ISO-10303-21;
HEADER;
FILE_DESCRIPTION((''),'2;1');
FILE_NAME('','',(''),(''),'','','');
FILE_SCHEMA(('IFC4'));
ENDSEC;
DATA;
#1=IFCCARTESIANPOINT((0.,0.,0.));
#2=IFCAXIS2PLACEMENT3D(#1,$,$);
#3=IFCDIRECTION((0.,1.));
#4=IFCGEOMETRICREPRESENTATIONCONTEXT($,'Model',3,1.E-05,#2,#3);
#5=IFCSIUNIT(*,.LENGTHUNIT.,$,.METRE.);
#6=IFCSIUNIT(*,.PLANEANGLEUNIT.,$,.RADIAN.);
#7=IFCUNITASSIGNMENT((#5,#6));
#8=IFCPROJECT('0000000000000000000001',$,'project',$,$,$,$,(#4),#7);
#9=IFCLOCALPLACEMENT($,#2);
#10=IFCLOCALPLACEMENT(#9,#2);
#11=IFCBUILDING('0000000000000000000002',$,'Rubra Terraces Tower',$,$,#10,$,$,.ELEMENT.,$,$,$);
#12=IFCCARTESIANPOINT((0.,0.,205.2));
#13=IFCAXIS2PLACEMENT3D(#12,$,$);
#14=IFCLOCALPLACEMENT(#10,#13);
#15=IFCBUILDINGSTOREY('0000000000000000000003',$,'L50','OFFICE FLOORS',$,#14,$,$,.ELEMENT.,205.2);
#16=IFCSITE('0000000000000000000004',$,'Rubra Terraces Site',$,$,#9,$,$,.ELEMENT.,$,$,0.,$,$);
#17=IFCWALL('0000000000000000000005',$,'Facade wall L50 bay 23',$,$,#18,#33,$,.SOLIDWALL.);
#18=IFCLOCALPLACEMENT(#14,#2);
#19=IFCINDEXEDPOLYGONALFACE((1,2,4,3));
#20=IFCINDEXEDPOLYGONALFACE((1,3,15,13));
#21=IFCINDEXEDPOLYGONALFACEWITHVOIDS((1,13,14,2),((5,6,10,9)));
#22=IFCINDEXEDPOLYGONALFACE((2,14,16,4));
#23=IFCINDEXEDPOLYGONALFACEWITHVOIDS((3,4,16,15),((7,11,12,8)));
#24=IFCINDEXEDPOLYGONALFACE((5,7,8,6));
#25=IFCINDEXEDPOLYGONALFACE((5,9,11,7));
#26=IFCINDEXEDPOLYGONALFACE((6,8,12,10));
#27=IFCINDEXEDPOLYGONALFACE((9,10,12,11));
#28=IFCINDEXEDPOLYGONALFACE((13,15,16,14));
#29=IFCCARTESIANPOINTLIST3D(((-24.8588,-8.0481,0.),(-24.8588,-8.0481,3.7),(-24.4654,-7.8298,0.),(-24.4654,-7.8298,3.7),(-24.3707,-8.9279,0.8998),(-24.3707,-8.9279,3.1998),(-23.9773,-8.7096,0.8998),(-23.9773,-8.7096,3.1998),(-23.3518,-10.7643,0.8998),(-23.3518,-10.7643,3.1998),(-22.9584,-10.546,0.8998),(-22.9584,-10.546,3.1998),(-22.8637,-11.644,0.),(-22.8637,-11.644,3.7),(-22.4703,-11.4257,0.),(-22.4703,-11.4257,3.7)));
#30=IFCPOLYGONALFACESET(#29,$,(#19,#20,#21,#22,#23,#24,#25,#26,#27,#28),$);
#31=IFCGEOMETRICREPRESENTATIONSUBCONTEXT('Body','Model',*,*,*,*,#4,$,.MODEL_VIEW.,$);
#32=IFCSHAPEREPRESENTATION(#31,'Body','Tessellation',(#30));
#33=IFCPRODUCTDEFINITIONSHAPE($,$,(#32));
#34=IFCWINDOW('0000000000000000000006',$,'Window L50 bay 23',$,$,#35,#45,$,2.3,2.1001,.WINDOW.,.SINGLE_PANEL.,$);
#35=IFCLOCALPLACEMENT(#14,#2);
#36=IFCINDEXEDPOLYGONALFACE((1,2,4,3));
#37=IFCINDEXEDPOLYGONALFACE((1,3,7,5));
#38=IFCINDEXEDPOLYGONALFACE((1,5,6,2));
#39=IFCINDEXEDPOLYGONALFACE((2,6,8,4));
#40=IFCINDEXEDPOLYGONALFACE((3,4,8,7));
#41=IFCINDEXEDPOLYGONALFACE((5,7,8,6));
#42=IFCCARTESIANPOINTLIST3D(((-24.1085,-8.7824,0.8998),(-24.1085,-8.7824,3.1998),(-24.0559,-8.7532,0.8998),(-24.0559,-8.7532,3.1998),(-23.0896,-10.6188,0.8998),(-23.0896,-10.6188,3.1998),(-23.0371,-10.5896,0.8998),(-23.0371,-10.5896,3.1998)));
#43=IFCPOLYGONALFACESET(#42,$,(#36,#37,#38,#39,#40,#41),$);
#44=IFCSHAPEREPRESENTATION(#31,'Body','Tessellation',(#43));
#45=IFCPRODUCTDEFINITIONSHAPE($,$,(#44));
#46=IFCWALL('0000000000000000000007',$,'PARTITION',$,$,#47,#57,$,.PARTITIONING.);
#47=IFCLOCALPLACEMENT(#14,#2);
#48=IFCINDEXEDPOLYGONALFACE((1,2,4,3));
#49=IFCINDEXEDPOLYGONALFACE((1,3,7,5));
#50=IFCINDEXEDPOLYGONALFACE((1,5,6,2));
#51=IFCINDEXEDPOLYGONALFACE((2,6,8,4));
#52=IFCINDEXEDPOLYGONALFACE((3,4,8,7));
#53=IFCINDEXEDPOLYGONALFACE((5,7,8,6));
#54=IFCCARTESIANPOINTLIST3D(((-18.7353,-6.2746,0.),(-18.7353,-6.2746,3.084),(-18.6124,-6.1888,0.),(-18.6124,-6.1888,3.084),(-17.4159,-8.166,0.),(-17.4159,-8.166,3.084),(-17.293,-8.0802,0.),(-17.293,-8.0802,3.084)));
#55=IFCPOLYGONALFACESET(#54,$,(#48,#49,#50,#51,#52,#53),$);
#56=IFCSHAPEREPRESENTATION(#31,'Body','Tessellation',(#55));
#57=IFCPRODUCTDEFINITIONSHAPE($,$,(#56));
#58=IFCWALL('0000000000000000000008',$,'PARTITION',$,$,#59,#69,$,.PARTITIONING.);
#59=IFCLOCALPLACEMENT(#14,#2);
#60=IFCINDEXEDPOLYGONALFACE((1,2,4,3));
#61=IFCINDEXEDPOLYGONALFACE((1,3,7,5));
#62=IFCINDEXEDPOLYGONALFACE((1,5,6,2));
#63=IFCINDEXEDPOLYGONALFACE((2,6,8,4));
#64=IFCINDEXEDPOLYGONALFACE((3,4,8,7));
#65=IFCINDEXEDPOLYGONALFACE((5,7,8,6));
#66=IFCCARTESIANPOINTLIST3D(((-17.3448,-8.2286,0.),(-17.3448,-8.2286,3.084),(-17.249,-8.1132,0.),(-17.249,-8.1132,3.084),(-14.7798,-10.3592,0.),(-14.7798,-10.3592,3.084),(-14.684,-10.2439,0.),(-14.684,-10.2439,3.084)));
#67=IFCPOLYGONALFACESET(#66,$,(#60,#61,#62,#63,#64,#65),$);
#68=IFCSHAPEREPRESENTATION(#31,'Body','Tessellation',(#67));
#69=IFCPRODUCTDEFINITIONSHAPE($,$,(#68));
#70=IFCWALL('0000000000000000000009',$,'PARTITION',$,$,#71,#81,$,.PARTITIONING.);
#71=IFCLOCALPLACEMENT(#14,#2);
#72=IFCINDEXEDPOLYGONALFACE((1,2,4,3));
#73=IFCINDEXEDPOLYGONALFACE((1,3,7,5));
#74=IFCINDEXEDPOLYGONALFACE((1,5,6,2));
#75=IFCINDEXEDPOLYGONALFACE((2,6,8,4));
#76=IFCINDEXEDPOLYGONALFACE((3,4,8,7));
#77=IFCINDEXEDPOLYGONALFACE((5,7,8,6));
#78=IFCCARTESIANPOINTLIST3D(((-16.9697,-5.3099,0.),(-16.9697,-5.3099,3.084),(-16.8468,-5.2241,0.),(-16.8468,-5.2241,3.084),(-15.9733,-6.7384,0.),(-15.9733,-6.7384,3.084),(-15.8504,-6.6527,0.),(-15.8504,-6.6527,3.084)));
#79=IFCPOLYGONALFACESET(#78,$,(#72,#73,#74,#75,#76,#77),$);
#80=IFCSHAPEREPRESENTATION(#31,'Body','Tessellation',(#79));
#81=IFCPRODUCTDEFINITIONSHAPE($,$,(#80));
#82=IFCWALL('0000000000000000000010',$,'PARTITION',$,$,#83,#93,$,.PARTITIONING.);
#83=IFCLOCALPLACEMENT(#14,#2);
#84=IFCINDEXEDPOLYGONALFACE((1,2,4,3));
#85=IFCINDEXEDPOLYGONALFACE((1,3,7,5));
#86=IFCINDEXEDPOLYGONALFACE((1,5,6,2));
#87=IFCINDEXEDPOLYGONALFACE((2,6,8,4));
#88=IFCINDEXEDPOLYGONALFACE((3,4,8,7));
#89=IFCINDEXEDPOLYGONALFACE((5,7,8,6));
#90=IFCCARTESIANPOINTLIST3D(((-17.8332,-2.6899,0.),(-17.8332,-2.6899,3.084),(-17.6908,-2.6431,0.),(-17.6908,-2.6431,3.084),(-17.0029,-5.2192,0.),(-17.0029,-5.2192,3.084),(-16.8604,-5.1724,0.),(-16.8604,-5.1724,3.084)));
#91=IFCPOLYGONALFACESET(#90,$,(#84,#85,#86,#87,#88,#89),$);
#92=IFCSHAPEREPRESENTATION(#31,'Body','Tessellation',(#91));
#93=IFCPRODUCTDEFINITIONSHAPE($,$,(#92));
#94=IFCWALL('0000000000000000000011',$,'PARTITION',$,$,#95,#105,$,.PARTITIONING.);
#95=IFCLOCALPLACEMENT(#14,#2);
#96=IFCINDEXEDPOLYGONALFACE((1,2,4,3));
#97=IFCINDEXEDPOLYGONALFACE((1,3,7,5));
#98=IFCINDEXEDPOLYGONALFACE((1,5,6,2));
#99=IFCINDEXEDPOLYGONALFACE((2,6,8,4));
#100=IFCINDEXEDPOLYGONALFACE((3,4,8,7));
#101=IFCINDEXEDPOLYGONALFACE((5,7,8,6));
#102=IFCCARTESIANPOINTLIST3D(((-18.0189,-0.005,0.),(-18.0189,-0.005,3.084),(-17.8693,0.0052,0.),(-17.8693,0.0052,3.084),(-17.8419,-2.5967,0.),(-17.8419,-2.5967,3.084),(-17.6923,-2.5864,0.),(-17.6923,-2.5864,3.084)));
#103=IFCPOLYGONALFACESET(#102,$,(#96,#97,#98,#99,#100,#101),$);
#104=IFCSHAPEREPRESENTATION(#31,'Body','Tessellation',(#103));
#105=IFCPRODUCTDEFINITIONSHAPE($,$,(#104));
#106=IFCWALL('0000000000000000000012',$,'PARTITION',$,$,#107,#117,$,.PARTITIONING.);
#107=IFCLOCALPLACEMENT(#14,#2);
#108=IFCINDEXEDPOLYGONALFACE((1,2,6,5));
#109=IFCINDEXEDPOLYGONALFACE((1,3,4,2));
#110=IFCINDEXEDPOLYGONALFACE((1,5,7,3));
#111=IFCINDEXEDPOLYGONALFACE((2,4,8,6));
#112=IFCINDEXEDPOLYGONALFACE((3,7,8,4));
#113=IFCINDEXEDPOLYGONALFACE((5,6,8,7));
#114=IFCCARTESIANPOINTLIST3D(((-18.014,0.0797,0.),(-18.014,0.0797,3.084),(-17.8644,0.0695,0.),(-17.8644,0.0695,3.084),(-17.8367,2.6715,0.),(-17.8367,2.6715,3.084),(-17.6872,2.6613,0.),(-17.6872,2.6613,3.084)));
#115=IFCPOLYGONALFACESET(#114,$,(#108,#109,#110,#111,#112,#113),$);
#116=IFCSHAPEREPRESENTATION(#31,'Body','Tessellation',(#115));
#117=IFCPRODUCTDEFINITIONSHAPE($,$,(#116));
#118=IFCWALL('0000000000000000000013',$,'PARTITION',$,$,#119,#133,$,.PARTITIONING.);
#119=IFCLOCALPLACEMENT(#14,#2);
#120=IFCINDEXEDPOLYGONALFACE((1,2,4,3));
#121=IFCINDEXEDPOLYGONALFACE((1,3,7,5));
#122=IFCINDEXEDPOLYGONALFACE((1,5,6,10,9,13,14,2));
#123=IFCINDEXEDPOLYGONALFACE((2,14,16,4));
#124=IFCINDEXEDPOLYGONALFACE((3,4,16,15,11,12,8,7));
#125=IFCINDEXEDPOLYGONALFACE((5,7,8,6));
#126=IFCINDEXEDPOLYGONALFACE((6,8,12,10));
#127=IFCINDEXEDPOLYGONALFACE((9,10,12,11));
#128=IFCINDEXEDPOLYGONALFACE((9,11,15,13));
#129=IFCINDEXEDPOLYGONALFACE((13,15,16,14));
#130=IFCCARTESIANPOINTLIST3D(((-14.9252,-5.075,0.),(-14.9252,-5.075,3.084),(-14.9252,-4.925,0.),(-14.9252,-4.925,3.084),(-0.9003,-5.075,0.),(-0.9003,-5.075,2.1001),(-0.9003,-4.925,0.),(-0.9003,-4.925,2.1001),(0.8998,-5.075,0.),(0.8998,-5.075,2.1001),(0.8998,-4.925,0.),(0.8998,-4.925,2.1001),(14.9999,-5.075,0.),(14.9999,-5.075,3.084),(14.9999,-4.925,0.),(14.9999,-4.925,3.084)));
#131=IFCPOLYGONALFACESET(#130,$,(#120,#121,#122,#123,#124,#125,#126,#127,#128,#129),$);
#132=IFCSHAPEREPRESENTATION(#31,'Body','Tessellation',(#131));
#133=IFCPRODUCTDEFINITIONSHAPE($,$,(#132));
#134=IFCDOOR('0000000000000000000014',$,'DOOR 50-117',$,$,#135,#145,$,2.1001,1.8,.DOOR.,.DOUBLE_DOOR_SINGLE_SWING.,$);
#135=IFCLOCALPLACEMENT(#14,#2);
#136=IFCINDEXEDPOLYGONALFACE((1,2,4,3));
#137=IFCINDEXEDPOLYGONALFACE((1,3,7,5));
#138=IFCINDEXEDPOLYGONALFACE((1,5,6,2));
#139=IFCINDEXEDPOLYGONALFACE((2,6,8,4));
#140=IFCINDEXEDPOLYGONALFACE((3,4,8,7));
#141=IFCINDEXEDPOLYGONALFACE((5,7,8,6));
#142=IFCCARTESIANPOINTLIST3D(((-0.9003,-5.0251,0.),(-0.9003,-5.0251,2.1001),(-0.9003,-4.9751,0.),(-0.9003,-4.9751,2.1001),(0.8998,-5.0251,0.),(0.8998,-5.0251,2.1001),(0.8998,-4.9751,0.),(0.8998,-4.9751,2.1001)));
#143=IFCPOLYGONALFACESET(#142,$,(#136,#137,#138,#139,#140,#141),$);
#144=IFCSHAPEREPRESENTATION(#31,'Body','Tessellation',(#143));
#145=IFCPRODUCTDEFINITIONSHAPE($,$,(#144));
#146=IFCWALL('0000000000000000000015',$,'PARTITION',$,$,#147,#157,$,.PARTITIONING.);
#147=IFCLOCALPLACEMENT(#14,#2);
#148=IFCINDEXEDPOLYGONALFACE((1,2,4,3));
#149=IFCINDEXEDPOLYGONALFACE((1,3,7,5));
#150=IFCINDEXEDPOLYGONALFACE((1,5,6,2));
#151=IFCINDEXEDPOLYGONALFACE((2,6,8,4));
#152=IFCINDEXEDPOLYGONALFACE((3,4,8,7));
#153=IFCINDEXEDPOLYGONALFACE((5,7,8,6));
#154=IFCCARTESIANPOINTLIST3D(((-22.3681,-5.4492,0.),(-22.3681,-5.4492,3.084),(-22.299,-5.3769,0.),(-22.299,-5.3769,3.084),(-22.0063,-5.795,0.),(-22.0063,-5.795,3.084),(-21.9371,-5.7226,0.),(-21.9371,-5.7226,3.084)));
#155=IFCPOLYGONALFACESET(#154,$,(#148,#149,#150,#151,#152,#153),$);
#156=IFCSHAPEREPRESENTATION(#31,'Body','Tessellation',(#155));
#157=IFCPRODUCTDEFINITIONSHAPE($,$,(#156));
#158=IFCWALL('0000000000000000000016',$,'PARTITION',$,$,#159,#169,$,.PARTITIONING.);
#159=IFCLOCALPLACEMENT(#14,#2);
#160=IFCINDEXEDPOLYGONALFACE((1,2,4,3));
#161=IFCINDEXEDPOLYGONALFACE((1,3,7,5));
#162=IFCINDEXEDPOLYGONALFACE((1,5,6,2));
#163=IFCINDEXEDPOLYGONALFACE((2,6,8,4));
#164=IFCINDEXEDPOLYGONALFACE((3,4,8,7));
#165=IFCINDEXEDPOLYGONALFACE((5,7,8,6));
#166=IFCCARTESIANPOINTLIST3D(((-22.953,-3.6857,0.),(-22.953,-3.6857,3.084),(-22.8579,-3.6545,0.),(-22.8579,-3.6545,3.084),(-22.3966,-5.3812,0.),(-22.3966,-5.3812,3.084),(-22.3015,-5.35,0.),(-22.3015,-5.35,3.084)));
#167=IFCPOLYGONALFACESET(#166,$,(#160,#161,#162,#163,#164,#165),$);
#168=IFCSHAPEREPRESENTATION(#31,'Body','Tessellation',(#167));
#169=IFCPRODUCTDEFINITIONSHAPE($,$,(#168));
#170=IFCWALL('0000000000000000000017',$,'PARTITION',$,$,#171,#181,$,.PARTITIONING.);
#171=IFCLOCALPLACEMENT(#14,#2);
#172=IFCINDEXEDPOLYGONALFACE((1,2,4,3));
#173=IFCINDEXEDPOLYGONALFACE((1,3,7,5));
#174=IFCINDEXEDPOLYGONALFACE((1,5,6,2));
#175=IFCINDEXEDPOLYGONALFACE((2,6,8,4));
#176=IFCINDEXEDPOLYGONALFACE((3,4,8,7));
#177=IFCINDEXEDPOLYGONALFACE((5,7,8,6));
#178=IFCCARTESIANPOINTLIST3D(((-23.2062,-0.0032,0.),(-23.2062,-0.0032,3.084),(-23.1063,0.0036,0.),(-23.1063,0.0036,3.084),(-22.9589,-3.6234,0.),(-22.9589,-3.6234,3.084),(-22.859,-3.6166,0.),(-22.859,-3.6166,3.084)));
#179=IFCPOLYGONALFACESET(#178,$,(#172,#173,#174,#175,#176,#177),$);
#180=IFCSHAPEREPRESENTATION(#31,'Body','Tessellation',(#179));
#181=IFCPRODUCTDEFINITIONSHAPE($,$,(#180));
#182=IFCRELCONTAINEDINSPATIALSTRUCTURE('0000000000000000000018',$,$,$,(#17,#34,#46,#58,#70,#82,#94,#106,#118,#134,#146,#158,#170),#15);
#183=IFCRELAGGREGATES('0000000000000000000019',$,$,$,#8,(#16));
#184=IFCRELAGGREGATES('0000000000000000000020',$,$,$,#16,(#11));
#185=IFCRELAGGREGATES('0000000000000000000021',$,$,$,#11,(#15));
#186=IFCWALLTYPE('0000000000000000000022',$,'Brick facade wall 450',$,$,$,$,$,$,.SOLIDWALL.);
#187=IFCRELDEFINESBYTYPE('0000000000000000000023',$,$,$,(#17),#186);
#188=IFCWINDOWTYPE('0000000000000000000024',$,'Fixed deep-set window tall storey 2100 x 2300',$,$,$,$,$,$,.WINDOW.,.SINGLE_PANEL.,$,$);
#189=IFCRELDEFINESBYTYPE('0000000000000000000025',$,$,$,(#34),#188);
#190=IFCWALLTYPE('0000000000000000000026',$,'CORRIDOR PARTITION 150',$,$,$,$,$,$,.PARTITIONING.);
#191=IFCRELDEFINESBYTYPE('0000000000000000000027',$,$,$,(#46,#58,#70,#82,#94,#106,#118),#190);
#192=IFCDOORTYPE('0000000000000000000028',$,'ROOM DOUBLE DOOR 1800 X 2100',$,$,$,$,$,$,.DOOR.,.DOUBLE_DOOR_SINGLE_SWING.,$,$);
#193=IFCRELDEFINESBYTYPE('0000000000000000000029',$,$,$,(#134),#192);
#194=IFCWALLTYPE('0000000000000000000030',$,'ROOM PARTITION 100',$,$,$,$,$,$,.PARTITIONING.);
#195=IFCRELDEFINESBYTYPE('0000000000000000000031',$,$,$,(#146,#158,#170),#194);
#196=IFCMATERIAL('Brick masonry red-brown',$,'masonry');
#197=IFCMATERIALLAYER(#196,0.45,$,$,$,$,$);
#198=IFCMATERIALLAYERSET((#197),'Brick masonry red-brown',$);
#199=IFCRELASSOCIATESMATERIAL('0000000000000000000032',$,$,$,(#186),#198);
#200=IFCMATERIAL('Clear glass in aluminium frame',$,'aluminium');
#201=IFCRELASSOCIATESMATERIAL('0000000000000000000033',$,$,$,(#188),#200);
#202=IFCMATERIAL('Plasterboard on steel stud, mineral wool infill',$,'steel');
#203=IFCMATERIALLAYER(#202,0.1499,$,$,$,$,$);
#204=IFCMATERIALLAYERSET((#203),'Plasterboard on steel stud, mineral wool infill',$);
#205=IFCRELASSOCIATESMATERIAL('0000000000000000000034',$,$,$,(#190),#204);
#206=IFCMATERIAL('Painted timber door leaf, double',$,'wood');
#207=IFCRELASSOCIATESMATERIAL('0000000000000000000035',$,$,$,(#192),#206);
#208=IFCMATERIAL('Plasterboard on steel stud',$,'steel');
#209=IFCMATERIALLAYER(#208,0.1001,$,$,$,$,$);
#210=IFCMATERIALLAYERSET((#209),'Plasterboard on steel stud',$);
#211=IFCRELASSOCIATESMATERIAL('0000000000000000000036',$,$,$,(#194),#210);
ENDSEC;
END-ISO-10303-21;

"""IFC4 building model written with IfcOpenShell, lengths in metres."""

from ifc_helpers import new_model, si_unit, direction, frame, frame_2d, origin, place, context, subcontext, project, spatial, rectangle, extrude, material, layer, layer_set, type_object, element, fill, save


model = new_model("IFC4")

# Units and contexts
model_context = context("Model", 3, precision=1e-05, world=origin(), true_north=direction((0.0, 1.0)))
body_context = subcontext(model_context, "Body", "Model", "MODEL_VIEW")
ifc_project = project(units=[si_unit("LENGTHUNIT", "METRE"), si_unit("PLANEANGLEUNIT", "RADIAN")], contexts=[model_context])

# Site, building, storey
site_placement = place(None, origin())
site = spatial("IfcSite", under=ifc_project, at=site_placement, Name="Rubra Terraces Site", CompositionType="ELEMENT", RefElevation=0.0)
building_placement = place(site_placement, origin())
building = spatial("IfcBuilding", under=site, at=building_placement, Name="Rubra Terraces Tower", CompositionType="ELEMENT")
storey_placement = place(building_placement, frame((0.0, 0.0, 205.2)))
storey = spatial("IfcBuildingStorey", under=building, at=storey_placement, Name="L50", Description="OFFICE FLOORS", CompositionType="ELEMENT", Elevation=205.2)

# Wall, opening, window
ifc_material_1 = material(Name="Brick masonry red-brown", Category="masonry")
ifc_layer_1 = layer(ifc_material_1, 0.45)
ifc_layer_set_1 = layer_set([ifc_layer_1], Name="Brick masonry red-brown")
wall_type_1 = type_object("IfcWallType", Name="Brick facade wall 450", PredefinedType="SOLIDWALL", material=ifc_layer_set_1)
ifc_material_2 = material(Name="Clear glass in aluminium frame", Category="aluminium")
window_type_1 = type_object("IfcWindowType", Name="Fixed deep-set window tall storey 2100 x 2300", PartitioningType="SINGLE_PANEL", PredefinedType="WINDOW", material=ifc_material_2)
wall_1_placement = place(storey_placement, frame((-24.6621, -7.939, 0.0), z_axis=(0.0, 0.0, 1.0), x_axis=(0.485154, -0.874429, 0.0)))
wall_1 = element("IfcWall", 1, at=wall_1_placement, inside=storey, type_object=wall_type_1, Name="Facade wall L50 bay 23", PredefinedType="SOLIDWALL", context=body_context, shape_type="SweptSolid", body=[
    extrude(rectangle(XDim=4.1123, YDim=0.45, at=frame_2d((2.0562, 0.0))), origin(), (0.0, 0.0, 1.0), 3.7),
])
opening_1_placement = place(wall_1_placement, frame((1.0061, 0.0, 0.8999)))
opening_1 = element("IfcOpeningElement", 2, at=opening_1_placement, cuts=wall_1, PredefinedType="OPENING", context=body_context, shape_type="SweptSolid", body=[
    extrude(rectangle(XDim=2.1001, YDim=2.3, at=frame_2d((1.05, 1.1499))), frame((0.0, 0.2349, 0.0), z_axis=(0.0, -1.0, 0.0), x_axis=(1.0, 0.0, 0.0)), (0.0, 0.0, 1.0), 0.47),
])
window_1_placement = place(opening_1_placement, origin())
window_1 = element("IfcWindow", 3, at=window_1_placement, inside=storey, type_object=window_type_1, Name="Window L50 bay 23", OverallHeight=2.3, OverallWidth=2.1001, PartitioningType="SINGLE_PANEL", PredefinedType="WINDOW", context=body_context, shape_type="SweptSolid", body=[
    extrude(rectangle(XDim=2.1001, YDim=2.3, at=frame_2d((1.05, 1.1499))), frame((0.0, 0.135, 0.0), z_axis=(0.0, -1.0, 0.0), x_axis=(1.0, 0.0, 0.0)), (0.0, 0.0, 1.0), 0.0601),
])
fill(opening_1, window_1)

# Shared definitions
ifc_material_3 = material(Name="Plasterboard on steel stud, mineral wool infill", Category="steel")
ifc_layer_2 = layer(ifc_material_3, 0.1499)
ifc_layer_set_2 = layer_set([ifc_layer_2], Name="Plasterboard on steel stud, mineral wool infill")
wall_type_2 = type_object("IfcWallType", Name="CORRIDOR PARTITION 150", PredefinedType="PARTITIONING", material=ifc_layer_set_2)

# Walls
wall_2_placement = place(storey_placement, frame((-18.6738, -6.2317, 0.0), z_axis=(0.0, 0.0, 1.0), x_axis=(0.572119, -0.820171, 0.0)))
element("IfcWall", 4, at=wall_2_placement, inside=storey, type_object=wall_type_2, Name="PARTITION", PredefinedType="PARTITIONING", context=body_context, shape_type="SweptSolid", body=[
    extrude(rectangle(XDim=2.3062, YDim=0.1499, at=frame_2d((1.1531, 0.0))), origin(), (0.0, 0.0, 1.0), 3.084),
])
wall_3_placement = place(storey_placement, frame((-17.2969, -8.1709, 0.0), z_axis=(0.0, 0.0, 1.0), x_axis=(0.769229, -0.638974, 0.0)))
element("IfcWall", 5, at=wall_3_placement, inside=storey, type_object=wall_type_2, Name="PARTITION", PredefinedType="PARTITIONING", context=body_context, shape_type="SweptSolid", body=[
    extrude(rectangle(XDim=3.3345, YDim=0.1499, at=frame_2d((1.6672, 0.0))), origin(), (0.0, 0.0, 1.0), 3.084),
])
wall_4_placement = place(storey_placement, frame((-15.9119, -6.6956, 0.0), z_axis=(0.0, 0.0, 1.0), x_axis=(-0.572079, 0.820199, 0.0)))
element("IfcWall", 6, at=wall_4_placement, inside=storey, type_object=wall_type_2, Name="PARTITION", PredefinedType="PARTITIONING", context=body_context, shape_type="SweptSolid", body=[
    extrude(rectangle(XDim=1.7417, YDim=0.1499, at=frame_2d((0.8708, 0.0))), origin(), (0.0, 0.0, 1.0), 3.084),
])
wall_5_placement = place(storey_placement, frame((-16.9316, -5.1958, 0.0), z_axis=(0.0, 0.0, 1.0), x_axis=(-0.311905, 0.950113, 0.0)))
element("IfcWall", 7, at=wall_5_placement, inside=storey, type_object=wall_type_2, Name="PARTITION", PredefinedType="PARTITIONING", context=body_context, shape_type="SweptSolid", body=[
    extrude(rectangle(XDim=2.6621, YDim=0.1499, at=frame_2d((1.3311, 0.0))), origin(), (0.0, 0.0, 1.0), 3.084),
])
wall_6_placement = place(storey_placement, frame((-17.7671, -2.5916, 0.0), z_axis=(0.0, 0.0, 1.0), x_axis=(-0.068141, 0.997676, 0.0)))
element("IfcWall", 8, at=wall_6_placement, inside=storey, type_object=wall_type_2, Name="PARTITION", PredefinedType="PARTITIONING", context=body_context, shape_type="SweptSolid", body=[
    extrude(rectangle(XDim=2.5977, YDim=0.1499, at=frame_2d((1.2988, 0.0))), origin(), (0.0, 0.0, 1.0), 3.084),
])
wall_7_placement = place(storey_placement, frame((-17.9392, 0.0747, 0.0), z_axis=(0.0, 0.0, 1.0), x_axis=(0.068228, 0.99767, 0.0)))
element("IfcWall", 9, at=wall_7_placement, inside=storey, type_object=wall_type_2, Name="PARTITION", PredefinedType="PARTITIONING", context=body_context, shape_type="SweptSolid", body=[
    extrude(rectangle(XDim=2.5979, YDim=0.1499, at=frame_2d((1.2988, 0.0))), origin(), (0.0, 0.0, 1.0), 3.084),
])

# Wall, opening, door
wall_8_placement = place(storey_placement, frame((-14.925, -5.0, 0.0), z_axis=(0.0, 0.0, 1.0), x_axis=(1.0, 0.0, 0.0)))
wall_8 = element("IfcWall", 10, at=wall_8_placement, inside=storey, type_object=wall_type_2, Name="PARTITION", PredefinedType="PARTITIONING", context=body_context, shape_type="SweptSolid", body=[
    extrude(rectangle(XDim=29.925, YDim=0.1499, at=frame_2d((14.9624, 0.0))), origin(), (0.0, 0.0, 1.0), 3.084),
])
opening_2_placement = place(wall_8_placement, frame((14.0249, 0.0, 0.0)))
opening_2 = element("IfcOpeningElement", 11, at=opening_2_placement, cuts=wall_8, PredefinedType="OPENING", context=body_context, shape_type="SweptSolid", body=[
    extrude(rectangle(XDim=1.8, YDim=2.1001, at=frame_2d((0.8999, 1.05))), frame((0.0, 0.085, 0.0), z_axis=(0.0, -1.0, 0.0), x_axis=(1.0, 0.0, 0.0)), (0.0, 0.0, 1.0), 0.1699),
])
ifc_material_4 = material(Name="Painted timber door leaf, double", Category="wood")
door_type_1 = type_object("IfcDoorType", Name="ROOM DOUBLE DOOR 1800 X 2100", OperationType="DOUBLE_DOOR_SINGLE_SWING", PredefinedType="DOOR", material=ifc_material_4)
door_1_placement = place(opening_2_placement, origin())
door_1 = element("IfcDoor", 12, at=door_1_placement, inside=storey, type_object=door_type_1, Name="DOOR 50-117", OperationType="DOUBLE_DOOR_SINGLE_SWING", OverallHeight=2.1001, OverallWidth=1.8, PredefinedType="DOOR", context=body_context, shape_type="SweptSolid", body=[
    extrude(rectangle(XDim=1.8, YDim=2.1001, at=frame_2d((0.8999, 1.05))), frame((0.0, 0.0249, 0.0), z_axis=(0.0, -1.0, 0.0), x_axis=(1.0, 0.0, 0.0)), (0.0, 0.0, 1.0), 0.05),
])
fill(opening_2, door_1)

# Walls
ifc_material_5 = material(Name="Plasterboard on steel stud", Category="steel")
ifc_layer_3 = layer(ifc_material_5, 0.1001)
ifc_layer_set_3 = layer_set([ifc_layer_3], Name="Plasterboard on steel stud")
wall_type_3 = type_object("IfcWallType", Name="ROOM PARTITION 100", PredefinedType="PARTITIONING", material=ifc_layer_set_3)
wall_9_placement = place(storey_placement, frame((-21.9717, -5.7588, 0.0), z_axis=(0.0, 0.0, 1.0), x_axis=(-0.723023, 0.690824, 0.0)))
element("IfcWall", 13, at=wall_9_placement, inside=storey, type_object=wall_type_3, Name="PARTITION", PredefinedType="PARTITIONING", context=body_context, shape_type="SweptSolid", body=[
    extrude(rectangle(XDim=0.5005, YDim=0.1001, at=frame_2d((0.2502, 0.0))), origin(), (0.0, 0.0, 1.0), 3.084),
])
wall_10_placement = place(storey_placement, frame((-22.3491, -5.3655, 0.0), z_axis=(0.0, 0.0, 1.0), x_axis=(-0.311792, 0.95015, 0.0)))
element("IfcWall", 14, at=wall_10_placement, inside=storey, type_object=wall_type_3, Name="PARTITION", PredefinedType="PARTITIONING", context=body_context, shape_type="SweptSolid", body=[
    extrude(rectangle(XDim=1.7844, YDim=0.1001, at=frame_2d((0.8921, 0.0))), origin(), (0.0, 0.0, 1.0), 3.084),
])
for number, where, z_axis, x_axis, name in (
    (15, (-22.9089, -3.6201, 0.0), (0.0, 0.0, 1.0), (-0.068158, 0.997675, 0.0), "PARTITION"),
):
    element("IfcWall", number, at=place(storey_placement, frame(where, z_axis=z_axis, x_axis=x_axis)), inside=storey, type_object=wall_type_3, Name=name, PredefinedType="PARTITIONING", context=body_context, shape_type="SweptSolid", body=[
        extrude(rectangle(XDim=3.6287, YDim=0.1001, at=frame_2d((1.8145, 0.0))), origin(), (0.0, 0.0, 1.0), 3.084),
    ])

save(model, "model.ifc")
